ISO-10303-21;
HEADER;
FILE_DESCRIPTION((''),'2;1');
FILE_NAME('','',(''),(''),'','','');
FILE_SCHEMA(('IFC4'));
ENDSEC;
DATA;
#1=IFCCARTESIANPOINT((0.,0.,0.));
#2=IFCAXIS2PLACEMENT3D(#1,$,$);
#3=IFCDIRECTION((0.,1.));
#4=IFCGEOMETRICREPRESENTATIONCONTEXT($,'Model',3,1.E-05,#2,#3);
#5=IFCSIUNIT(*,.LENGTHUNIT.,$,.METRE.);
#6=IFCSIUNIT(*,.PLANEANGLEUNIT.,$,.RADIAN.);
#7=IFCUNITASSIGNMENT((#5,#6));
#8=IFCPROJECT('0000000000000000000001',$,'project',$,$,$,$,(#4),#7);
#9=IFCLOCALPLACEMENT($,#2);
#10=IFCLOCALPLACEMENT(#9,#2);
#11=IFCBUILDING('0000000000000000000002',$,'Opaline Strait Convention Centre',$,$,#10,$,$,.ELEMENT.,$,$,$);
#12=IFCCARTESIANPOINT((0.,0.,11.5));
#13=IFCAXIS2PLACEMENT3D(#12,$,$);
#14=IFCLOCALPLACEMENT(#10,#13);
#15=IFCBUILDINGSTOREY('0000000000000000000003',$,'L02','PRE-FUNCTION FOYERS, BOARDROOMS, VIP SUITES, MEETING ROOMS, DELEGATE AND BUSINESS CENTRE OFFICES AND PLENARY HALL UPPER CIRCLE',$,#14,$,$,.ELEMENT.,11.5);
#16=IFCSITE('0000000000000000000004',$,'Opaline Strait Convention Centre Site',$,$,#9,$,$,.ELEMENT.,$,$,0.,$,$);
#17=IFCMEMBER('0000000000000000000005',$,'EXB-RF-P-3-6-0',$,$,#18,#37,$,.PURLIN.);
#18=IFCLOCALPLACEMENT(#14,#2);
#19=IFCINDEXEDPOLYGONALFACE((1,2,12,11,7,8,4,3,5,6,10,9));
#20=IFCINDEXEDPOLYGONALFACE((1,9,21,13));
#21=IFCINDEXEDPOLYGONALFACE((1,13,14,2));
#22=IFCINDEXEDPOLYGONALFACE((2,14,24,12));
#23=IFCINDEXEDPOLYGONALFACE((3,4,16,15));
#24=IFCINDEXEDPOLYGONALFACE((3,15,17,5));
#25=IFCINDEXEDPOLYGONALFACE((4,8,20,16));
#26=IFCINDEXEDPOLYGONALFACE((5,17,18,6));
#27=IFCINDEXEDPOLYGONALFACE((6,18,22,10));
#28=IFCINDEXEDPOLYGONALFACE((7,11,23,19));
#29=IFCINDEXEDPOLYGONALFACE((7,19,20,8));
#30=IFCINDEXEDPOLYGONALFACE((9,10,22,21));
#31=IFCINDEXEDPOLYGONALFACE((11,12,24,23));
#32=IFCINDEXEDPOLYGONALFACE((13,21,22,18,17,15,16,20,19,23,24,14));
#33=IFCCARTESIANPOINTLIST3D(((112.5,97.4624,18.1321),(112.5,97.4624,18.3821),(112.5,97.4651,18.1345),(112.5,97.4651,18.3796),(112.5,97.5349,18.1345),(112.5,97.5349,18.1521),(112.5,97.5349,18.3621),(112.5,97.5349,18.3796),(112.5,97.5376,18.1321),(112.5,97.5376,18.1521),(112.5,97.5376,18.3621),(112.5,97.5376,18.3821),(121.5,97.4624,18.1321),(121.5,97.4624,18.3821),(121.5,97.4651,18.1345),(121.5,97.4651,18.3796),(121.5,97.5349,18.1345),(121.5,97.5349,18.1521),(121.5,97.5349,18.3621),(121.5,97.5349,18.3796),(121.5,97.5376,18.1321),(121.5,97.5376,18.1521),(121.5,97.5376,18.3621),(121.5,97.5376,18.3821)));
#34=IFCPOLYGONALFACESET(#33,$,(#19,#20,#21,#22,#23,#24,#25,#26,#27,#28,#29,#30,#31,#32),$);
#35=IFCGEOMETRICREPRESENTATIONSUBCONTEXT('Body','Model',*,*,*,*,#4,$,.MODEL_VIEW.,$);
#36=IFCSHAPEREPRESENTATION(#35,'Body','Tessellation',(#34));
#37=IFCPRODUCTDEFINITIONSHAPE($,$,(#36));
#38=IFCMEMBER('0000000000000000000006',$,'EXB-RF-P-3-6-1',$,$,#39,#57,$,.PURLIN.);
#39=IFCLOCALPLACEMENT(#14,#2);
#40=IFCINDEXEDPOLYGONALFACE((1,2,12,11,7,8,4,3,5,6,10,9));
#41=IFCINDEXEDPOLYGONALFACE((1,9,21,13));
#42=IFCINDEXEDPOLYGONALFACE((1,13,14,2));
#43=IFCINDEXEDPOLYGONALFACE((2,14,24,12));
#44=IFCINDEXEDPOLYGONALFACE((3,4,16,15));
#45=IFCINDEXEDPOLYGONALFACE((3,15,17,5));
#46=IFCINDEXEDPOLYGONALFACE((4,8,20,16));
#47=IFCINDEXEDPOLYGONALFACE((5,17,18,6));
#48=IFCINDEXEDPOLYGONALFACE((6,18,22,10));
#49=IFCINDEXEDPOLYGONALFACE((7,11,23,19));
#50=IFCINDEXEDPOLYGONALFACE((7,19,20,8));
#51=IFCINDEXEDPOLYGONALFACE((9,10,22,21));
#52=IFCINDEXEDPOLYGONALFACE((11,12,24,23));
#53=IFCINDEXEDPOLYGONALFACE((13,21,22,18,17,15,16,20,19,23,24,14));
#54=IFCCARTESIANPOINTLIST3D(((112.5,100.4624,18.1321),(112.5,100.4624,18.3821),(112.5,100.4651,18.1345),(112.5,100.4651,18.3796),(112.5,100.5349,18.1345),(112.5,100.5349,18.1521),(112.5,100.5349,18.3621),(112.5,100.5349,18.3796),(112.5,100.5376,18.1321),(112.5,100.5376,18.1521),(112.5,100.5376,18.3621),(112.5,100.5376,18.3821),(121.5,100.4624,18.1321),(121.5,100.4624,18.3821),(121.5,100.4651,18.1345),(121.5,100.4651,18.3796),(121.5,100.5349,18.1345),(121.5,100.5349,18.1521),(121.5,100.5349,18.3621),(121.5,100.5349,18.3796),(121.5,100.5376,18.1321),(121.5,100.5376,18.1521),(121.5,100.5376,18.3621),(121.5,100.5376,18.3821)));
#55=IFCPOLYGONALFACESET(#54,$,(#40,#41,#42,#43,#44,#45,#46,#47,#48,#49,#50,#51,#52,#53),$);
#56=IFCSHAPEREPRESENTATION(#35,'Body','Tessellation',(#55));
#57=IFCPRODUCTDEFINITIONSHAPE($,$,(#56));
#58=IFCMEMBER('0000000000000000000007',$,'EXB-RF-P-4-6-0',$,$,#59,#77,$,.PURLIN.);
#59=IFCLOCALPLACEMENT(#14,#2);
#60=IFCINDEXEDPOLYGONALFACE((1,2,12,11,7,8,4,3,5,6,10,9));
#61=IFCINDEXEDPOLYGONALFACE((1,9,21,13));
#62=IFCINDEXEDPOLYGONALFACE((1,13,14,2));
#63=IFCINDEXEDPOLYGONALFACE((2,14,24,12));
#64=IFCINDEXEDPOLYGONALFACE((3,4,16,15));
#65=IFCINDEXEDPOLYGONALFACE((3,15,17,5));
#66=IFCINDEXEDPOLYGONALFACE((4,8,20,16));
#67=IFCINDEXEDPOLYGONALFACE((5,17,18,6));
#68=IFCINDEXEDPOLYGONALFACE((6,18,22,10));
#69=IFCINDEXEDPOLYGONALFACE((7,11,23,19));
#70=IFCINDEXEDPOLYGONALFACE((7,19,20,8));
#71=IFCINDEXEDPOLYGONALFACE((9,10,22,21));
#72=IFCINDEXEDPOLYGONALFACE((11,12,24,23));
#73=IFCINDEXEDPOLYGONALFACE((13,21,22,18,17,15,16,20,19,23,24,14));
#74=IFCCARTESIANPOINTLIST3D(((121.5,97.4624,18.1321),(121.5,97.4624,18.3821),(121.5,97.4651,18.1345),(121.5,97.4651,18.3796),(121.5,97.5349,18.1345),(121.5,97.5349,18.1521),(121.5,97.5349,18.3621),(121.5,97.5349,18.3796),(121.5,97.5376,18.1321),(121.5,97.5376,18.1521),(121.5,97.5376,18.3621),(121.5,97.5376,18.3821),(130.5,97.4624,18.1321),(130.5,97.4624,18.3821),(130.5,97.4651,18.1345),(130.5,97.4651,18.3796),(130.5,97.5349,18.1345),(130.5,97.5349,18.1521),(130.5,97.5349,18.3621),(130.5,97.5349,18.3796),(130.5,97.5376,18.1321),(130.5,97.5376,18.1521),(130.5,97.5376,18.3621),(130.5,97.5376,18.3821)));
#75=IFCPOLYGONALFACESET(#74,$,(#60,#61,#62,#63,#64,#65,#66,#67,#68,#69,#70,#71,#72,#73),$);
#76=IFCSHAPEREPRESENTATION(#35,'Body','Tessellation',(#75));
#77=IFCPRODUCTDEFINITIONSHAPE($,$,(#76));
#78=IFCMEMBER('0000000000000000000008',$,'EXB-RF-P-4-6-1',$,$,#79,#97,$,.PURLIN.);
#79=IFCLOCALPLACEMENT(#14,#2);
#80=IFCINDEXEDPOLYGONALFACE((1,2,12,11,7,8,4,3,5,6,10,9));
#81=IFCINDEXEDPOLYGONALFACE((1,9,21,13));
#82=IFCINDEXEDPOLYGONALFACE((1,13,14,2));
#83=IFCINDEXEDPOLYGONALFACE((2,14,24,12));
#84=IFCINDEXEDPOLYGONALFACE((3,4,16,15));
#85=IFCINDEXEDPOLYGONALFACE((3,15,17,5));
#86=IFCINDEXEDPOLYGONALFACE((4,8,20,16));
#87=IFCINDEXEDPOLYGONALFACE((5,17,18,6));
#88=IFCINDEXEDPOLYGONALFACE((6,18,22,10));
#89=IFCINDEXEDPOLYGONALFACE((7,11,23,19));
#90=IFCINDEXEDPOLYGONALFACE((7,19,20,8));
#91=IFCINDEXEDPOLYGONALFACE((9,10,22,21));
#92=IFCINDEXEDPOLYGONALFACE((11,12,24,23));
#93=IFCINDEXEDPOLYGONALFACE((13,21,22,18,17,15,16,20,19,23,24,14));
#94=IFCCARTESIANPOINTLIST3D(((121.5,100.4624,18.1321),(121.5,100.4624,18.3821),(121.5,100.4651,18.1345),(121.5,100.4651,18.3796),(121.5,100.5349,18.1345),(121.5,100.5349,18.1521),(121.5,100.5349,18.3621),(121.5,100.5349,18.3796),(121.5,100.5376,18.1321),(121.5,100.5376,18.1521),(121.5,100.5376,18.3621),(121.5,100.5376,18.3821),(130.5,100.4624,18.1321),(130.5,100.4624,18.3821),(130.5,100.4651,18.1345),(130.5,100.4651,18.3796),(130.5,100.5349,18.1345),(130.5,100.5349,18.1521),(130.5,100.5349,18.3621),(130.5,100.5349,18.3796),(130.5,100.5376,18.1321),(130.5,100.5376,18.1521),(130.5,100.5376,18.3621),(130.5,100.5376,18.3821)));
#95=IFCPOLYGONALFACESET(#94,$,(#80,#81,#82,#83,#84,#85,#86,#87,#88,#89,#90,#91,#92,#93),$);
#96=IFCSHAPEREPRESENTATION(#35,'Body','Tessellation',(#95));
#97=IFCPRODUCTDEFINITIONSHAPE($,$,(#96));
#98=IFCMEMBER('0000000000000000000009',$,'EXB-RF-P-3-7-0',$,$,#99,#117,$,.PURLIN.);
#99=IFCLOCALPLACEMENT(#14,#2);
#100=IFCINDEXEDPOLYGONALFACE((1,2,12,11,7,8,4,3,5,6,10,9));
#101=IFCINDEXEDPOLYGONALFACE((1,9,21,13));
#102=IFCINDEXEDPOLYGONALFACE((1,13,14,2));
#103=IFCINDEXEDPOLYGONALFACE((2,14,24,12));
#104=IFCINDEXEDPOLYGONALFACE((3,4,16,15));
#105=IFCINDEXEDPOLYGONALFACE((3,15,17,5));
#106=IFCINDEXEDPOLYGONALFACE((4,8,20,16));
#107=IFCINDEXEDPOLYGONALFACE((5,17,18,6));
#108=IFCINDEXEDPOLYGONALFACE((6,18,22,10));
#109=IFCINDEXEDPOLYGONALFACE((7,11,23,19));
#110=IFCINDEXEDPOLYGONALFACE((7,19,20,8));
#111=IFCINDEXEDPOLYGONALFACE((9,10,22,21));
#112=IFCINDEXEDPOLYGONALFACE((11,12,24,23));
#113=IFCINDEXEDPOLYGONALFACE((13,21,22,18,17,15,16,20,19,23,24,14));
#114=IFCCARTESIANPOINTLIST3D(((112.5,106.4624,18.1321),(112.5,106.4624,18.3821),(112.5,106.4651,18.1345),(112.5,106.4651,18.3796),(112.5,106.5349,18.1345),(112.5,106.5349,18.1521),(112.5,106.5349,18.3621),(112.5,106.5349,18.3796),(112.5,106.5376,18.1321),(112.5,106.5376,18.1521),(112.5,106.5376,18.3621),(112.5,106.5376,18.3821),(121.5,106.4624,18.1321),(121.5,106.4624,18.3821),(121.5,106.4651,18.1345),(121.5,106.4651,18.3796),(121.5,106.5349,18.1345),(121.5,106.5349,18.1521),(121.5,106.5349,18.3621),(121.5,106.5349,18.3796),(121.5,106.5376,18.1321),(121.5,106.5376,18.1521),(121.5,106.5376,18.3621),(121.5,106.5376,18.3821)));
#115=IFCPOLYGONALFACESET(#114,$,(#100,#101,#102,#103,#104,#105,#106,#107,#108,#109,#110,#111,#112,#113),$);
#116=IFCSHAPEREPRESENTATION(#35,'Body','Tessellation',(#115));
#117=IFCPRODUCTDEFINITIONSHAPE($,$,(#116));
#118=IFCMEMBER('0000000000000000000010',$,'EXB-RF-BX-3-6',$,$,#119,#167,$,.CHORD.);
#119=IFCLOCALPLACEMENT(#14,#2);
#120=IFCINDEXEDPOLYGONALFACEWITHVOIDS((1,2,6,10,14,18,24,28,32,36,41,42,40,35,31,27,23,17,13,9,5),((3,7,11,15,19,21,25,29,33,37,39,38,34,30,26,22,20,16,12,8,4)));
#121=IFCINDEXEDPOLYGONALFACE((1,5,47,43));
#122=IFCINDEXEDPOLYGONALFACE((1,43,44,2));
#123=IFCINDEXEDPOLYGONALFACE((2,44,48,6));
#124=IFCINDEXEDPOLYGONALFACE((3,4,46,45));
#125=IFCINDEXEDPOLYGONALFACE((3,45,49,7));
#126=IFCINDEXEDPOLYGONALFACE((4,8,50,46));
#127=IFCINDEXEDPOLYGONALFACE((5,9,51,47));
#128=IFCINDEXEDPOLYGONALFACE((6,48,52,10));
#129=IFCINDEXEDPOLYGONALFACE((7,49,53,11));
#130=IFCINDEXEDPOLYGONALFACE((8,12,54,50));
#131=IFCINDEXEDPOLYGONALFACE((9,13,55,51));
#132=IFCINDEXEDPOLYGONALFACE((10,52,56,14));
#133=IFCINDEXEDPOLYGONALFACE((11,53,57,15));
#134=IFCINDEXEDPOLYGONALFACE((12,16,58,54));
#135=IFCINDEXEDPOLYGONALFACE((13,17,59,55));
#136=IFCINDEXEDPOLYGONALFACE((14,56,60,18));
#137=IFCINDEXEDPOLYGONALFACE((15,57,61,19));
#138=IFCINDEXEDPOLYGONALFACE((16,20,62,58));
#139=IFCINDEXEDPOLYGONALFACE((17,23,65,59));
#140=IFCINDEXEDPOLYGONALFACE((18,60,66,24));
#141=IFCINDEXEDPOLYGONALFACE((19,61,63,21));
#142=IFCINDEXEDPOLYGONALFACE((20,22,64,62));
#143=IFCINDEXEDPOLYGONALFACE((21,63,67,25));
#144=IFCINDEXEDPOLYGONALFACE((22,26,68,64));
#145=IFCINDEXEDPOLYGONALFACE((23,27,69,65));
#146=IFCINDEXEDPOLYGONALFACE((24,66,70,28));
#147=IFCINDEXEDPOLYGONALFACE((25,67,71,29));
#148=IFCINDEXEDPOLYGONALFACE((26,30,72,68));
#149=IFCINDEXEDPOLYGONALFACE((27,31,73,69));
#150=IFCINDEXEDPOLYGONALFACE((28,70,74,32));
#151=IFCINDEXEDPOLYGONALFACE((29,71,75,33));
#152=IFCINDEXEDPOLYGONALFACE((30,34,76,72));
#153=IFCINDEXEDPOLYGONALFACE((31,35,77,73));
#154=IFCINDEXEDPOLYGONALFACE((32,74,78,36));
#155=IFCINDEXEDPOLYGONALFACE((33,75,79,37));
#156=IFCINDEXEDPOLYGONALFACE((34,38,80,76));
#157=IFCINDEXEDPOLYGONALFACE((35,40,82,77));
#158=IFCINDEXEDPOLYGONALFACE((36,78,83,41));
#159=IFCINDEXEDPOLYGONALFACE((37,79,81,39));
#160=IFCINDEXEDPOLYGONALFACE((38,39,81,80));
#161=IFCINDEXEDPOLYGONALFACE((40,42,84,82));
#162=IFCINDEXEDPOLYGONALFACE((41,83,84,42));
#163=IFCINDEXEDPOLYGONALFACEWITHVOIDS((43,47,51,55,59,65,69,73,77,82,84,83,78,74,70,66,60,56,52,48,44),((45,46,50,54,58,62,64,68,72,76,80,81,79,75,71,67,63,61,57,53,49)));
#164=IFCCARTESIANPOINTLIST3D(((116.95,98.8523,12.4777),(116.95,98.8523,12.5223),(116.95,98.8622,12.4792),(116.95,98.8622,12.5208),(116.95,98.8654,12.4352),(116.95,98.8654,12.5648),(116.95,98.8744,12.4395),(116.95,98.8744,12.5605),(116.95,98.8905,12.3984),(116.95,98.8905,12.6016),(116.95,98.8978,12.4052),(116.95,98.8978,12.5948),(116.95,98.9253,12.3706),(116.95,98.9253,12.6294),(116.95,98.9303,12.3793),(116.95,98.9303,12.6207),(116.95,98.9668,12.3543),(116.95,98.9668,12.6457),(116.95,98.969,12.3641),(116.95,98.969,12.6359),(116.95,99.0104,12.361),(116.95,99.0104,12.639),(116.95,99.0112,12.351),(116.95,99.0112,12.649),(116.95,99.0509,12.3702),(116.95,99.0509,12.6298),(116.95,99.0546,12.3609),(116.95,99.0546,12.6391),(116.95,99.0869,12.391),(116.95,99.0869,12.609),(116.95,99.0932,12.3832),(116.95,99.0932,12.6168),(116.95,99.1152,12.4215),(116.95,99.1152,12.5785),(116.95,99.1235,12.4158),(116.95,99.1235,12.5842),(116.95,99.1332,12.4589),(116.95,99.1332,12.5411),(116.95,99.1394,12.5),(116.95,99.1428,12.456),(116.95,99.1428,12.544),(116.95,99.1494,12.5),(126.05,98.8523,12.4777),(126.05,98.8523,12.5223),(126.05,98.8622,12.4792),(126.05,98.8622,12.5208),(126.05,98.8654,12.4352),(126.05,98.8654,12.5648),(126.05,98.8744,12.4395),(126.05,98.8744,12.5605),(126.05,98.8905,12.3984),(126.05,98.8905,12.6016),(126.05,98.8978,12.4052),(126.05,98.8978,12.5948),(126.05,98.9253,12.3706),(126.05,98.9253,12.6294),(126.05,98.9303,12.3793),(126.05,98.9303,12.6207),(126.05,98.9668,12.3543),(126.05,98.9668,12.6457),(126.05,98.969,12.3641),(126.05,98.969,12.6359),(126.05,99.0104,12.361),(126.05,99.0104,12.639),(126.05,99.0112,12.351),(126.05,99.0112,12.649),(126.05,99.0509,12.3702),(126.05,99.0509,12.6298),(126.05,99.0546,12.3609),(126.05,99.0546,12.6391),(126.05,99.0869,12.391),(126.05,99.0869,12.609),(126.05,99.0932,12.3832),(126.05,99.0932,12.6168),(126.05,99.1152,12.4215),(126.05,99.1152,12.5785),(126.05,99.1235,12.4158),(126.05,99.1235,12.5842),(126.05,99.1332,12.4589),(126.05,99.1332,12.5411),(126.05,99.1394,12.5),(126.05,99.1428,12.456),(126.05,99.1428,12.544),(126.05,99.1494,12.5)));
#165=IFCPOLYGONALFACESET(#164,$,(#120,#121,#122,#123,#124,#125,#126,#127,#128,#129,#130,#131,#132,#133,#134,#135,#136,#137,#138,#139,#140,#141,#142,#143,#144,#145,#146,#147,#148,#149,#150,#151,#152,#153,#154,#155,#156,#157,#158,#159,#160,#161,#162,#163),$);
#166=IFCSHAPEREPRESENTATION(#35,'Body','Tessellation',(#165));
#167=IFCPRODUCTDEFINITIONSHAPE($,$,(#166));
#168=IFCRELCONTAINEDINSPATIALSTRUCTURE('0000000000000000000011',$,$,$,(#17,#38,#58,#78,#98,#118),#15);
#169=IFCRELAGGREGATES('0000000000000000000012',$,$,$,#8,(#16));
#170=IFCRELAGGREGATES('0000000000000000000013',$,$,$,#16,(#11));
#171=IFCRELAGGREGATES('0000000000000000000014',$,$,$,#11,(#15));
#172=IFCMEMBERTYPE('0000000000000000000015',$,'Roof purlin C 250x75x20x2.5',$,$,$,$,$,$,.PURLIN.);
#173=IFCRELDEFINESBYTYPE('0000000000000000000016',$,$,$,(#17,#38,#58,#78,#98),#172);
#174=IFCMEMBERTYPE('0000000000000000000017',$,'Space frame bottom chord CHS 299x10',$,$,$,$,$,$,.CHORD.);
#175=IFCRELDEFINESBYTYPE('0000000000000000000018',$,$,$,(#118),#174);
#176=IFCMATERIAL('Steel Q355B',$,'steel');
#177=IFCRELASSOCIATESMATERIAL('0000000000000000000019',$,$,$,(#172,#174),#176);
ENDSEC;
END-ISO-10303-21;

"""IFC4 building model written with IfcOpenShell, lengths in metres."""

from ifc_helpers import new_model, si_unit, direction, frame, origin, origin_2d, place, context, subcontext, project, spatial, polyline, hollow_circle, outline, extrude, material, material_profile, profile_set, type_object, element, save


model = new_model("IFC4")

# Units and contexts
model_context = context("Model", 3, precision=1e-05, world=origin(), true_north=direction((0.0, 1.0)))
body_context = subcontext(model_context, "Body", "Model", "MODEL_VIEW")
ifc_project = project(units=[si_unit("LENGTHUNIT", "METRE"), si_unit("PLANEANGLEUNIT", "RADIAN")], contexts=[model_context])

# Site, building, storey
site_placement = place(None, origin())
site = spatial("IfcSite", under=ifc_project, at=site_placement, Name="Opaline Strait Convention Centre Site", CompositionType="ELEMENT", RefElevation=0.0)
building_placement = place(site_placement, origin())
building = spatial("IfcBuilding", under=site, at=building_placement, Name="Opaline Strait Convention Centre", CompositionType="ELEMENT")
storey_placement = place(building_placement, frame((0.0, 0.0, 11.5)))
storey = spatial("IfcBuildingStorey", under=building, at=storey_placement, Name="L02", Description="PRE-FUNCTION FOYERS, BOARDROOMS, VIP SUITES, MEETING ROOMS, DELEGATE AND BUSINESS CENTRE OFFICES AND PLENARY HALL UPPER CIRCLE", CompositionType="ELEMENT", Elevation=11.5)

# Members
ifc_material = material(Name="Steel Q355B", Category="steel")
ifc_material_profile_1 = material_profile(ifc_material, outline(polyline([(-0.0376, -0.125), (0.0376, -0.125), (0.0376, -0.105), (0.0349, -0.105), (0.0349, -0.1226), (-0.0349, -0.1226), (-0.0349, 0.1226), (0.0349, 0.1226), (0.0349, 0.105), (0.0376, 0.105), (0.0376, 0.125), (-0.0376, 0.125), (-0.0376, -0.125)])), Name="C 250x75x20x2.5")
ifc_profile_set_1 = profile_set([ifc_material_profile_1], Name="Steel Q355B")
member_type_1 = type_object("IfcMemberType", Name="Roof purlin C 250x75x20x2.5", PredefinedType="PURLIN", material=ifc_profile_set_1)
for number, where, z_axis, x_axis, name in (
    (1, (112.5, 97.5, 18.2571), (1.0, 0.0, 0.0), (0.0, 1.0, 0.0), "EXB-RF-P-3-6-0"),
    (2, (112.5, 100.5, 18.2571), (1.0, 0.0, 0.0), (0.0, 1.0, 0.0), "EXB-RF-P-3-6-1"),
    (3, (121.5, 97.5, 18.2571), (1.0, 0.0, 0.0), (0.0, 1.0, 0.0), "EXB-RF-P-4-6-0"),
    (4, (121.5, 100.5, 18.2571), (1.0, 0.0, 0.0), (0.0, 1.0, 0.0), "EXB-RF-P-4-6-1"),
    (5, (112.5, 106.5, 18.2571), (1.0, 0.0, 0.0), (0.0, 1.0, 0.0), "EXB-RF-P-3-7-0"),
):
    element("IfcMember", number, at=place(storey_placement, frame(where, z_axis=z_axis, x_axis=x_axis)), inside=storey, type_object=member_type_1, Name=name, PredefinedType="PURLIN", context=body_context, shape_type="SweptSolid", body=[
        extrude(outline(polyline([(-0.0376, -0.125), (0.0376, -0.125), (0.0376, -0.105), (0.0349, -0.105), (0.0349, -0.1226), (-0.0349, -0.1226), (-0.0349, 0.1226), (0.0349, 0.1226), (0.0349, 0.105), (0.0376, 0.105), (0.0376, 0.125), (-0.0376, 0.125), (-0.0376, -0.125)])), origin(), (0.0, 0.0, 1.0), 9.0),
    ])
ifc_material_profile_2 = material_profile(ifc_material, hollow_circle(Radius=0.1494, WallThickness=0.01, at=origin_2d()), Name="CHS 299x10")
ifc_profile_set_2 = profile_set([ifc_material_profile_2], Name="Steel Q355B")
member_type_2 = type_object("IfcMemberType", Name="Space frame bottom chord CHS 299x10", PredefinedType="CHORD", material=ifc_profile_set_2)
for number, where, z_axis, x_axis, name in (
    (6, (116.95, 99.0, 12.5), (1.0, 0.0, 0.0), (0.0, 1.0, 0.0), "EXB-RF-BX-3-6"),
):
    element("IfcMember", number, at=place(storey_placement, frame(where, z_axis=z_axis, x_axis=x_axis)), inside=storey, type_object=member_type_2, Name=name, PredefinedType="CHORD", context=body_context, shape_type="SweptSolid", body=[
        extrude(hollow_circle(Radius=0.1494, WallThickness=0.01, at=origin_2d()), origin(), (0.0, 0.0, 1.0), 9.1001),
    ])

save(model, "model.ifc")
